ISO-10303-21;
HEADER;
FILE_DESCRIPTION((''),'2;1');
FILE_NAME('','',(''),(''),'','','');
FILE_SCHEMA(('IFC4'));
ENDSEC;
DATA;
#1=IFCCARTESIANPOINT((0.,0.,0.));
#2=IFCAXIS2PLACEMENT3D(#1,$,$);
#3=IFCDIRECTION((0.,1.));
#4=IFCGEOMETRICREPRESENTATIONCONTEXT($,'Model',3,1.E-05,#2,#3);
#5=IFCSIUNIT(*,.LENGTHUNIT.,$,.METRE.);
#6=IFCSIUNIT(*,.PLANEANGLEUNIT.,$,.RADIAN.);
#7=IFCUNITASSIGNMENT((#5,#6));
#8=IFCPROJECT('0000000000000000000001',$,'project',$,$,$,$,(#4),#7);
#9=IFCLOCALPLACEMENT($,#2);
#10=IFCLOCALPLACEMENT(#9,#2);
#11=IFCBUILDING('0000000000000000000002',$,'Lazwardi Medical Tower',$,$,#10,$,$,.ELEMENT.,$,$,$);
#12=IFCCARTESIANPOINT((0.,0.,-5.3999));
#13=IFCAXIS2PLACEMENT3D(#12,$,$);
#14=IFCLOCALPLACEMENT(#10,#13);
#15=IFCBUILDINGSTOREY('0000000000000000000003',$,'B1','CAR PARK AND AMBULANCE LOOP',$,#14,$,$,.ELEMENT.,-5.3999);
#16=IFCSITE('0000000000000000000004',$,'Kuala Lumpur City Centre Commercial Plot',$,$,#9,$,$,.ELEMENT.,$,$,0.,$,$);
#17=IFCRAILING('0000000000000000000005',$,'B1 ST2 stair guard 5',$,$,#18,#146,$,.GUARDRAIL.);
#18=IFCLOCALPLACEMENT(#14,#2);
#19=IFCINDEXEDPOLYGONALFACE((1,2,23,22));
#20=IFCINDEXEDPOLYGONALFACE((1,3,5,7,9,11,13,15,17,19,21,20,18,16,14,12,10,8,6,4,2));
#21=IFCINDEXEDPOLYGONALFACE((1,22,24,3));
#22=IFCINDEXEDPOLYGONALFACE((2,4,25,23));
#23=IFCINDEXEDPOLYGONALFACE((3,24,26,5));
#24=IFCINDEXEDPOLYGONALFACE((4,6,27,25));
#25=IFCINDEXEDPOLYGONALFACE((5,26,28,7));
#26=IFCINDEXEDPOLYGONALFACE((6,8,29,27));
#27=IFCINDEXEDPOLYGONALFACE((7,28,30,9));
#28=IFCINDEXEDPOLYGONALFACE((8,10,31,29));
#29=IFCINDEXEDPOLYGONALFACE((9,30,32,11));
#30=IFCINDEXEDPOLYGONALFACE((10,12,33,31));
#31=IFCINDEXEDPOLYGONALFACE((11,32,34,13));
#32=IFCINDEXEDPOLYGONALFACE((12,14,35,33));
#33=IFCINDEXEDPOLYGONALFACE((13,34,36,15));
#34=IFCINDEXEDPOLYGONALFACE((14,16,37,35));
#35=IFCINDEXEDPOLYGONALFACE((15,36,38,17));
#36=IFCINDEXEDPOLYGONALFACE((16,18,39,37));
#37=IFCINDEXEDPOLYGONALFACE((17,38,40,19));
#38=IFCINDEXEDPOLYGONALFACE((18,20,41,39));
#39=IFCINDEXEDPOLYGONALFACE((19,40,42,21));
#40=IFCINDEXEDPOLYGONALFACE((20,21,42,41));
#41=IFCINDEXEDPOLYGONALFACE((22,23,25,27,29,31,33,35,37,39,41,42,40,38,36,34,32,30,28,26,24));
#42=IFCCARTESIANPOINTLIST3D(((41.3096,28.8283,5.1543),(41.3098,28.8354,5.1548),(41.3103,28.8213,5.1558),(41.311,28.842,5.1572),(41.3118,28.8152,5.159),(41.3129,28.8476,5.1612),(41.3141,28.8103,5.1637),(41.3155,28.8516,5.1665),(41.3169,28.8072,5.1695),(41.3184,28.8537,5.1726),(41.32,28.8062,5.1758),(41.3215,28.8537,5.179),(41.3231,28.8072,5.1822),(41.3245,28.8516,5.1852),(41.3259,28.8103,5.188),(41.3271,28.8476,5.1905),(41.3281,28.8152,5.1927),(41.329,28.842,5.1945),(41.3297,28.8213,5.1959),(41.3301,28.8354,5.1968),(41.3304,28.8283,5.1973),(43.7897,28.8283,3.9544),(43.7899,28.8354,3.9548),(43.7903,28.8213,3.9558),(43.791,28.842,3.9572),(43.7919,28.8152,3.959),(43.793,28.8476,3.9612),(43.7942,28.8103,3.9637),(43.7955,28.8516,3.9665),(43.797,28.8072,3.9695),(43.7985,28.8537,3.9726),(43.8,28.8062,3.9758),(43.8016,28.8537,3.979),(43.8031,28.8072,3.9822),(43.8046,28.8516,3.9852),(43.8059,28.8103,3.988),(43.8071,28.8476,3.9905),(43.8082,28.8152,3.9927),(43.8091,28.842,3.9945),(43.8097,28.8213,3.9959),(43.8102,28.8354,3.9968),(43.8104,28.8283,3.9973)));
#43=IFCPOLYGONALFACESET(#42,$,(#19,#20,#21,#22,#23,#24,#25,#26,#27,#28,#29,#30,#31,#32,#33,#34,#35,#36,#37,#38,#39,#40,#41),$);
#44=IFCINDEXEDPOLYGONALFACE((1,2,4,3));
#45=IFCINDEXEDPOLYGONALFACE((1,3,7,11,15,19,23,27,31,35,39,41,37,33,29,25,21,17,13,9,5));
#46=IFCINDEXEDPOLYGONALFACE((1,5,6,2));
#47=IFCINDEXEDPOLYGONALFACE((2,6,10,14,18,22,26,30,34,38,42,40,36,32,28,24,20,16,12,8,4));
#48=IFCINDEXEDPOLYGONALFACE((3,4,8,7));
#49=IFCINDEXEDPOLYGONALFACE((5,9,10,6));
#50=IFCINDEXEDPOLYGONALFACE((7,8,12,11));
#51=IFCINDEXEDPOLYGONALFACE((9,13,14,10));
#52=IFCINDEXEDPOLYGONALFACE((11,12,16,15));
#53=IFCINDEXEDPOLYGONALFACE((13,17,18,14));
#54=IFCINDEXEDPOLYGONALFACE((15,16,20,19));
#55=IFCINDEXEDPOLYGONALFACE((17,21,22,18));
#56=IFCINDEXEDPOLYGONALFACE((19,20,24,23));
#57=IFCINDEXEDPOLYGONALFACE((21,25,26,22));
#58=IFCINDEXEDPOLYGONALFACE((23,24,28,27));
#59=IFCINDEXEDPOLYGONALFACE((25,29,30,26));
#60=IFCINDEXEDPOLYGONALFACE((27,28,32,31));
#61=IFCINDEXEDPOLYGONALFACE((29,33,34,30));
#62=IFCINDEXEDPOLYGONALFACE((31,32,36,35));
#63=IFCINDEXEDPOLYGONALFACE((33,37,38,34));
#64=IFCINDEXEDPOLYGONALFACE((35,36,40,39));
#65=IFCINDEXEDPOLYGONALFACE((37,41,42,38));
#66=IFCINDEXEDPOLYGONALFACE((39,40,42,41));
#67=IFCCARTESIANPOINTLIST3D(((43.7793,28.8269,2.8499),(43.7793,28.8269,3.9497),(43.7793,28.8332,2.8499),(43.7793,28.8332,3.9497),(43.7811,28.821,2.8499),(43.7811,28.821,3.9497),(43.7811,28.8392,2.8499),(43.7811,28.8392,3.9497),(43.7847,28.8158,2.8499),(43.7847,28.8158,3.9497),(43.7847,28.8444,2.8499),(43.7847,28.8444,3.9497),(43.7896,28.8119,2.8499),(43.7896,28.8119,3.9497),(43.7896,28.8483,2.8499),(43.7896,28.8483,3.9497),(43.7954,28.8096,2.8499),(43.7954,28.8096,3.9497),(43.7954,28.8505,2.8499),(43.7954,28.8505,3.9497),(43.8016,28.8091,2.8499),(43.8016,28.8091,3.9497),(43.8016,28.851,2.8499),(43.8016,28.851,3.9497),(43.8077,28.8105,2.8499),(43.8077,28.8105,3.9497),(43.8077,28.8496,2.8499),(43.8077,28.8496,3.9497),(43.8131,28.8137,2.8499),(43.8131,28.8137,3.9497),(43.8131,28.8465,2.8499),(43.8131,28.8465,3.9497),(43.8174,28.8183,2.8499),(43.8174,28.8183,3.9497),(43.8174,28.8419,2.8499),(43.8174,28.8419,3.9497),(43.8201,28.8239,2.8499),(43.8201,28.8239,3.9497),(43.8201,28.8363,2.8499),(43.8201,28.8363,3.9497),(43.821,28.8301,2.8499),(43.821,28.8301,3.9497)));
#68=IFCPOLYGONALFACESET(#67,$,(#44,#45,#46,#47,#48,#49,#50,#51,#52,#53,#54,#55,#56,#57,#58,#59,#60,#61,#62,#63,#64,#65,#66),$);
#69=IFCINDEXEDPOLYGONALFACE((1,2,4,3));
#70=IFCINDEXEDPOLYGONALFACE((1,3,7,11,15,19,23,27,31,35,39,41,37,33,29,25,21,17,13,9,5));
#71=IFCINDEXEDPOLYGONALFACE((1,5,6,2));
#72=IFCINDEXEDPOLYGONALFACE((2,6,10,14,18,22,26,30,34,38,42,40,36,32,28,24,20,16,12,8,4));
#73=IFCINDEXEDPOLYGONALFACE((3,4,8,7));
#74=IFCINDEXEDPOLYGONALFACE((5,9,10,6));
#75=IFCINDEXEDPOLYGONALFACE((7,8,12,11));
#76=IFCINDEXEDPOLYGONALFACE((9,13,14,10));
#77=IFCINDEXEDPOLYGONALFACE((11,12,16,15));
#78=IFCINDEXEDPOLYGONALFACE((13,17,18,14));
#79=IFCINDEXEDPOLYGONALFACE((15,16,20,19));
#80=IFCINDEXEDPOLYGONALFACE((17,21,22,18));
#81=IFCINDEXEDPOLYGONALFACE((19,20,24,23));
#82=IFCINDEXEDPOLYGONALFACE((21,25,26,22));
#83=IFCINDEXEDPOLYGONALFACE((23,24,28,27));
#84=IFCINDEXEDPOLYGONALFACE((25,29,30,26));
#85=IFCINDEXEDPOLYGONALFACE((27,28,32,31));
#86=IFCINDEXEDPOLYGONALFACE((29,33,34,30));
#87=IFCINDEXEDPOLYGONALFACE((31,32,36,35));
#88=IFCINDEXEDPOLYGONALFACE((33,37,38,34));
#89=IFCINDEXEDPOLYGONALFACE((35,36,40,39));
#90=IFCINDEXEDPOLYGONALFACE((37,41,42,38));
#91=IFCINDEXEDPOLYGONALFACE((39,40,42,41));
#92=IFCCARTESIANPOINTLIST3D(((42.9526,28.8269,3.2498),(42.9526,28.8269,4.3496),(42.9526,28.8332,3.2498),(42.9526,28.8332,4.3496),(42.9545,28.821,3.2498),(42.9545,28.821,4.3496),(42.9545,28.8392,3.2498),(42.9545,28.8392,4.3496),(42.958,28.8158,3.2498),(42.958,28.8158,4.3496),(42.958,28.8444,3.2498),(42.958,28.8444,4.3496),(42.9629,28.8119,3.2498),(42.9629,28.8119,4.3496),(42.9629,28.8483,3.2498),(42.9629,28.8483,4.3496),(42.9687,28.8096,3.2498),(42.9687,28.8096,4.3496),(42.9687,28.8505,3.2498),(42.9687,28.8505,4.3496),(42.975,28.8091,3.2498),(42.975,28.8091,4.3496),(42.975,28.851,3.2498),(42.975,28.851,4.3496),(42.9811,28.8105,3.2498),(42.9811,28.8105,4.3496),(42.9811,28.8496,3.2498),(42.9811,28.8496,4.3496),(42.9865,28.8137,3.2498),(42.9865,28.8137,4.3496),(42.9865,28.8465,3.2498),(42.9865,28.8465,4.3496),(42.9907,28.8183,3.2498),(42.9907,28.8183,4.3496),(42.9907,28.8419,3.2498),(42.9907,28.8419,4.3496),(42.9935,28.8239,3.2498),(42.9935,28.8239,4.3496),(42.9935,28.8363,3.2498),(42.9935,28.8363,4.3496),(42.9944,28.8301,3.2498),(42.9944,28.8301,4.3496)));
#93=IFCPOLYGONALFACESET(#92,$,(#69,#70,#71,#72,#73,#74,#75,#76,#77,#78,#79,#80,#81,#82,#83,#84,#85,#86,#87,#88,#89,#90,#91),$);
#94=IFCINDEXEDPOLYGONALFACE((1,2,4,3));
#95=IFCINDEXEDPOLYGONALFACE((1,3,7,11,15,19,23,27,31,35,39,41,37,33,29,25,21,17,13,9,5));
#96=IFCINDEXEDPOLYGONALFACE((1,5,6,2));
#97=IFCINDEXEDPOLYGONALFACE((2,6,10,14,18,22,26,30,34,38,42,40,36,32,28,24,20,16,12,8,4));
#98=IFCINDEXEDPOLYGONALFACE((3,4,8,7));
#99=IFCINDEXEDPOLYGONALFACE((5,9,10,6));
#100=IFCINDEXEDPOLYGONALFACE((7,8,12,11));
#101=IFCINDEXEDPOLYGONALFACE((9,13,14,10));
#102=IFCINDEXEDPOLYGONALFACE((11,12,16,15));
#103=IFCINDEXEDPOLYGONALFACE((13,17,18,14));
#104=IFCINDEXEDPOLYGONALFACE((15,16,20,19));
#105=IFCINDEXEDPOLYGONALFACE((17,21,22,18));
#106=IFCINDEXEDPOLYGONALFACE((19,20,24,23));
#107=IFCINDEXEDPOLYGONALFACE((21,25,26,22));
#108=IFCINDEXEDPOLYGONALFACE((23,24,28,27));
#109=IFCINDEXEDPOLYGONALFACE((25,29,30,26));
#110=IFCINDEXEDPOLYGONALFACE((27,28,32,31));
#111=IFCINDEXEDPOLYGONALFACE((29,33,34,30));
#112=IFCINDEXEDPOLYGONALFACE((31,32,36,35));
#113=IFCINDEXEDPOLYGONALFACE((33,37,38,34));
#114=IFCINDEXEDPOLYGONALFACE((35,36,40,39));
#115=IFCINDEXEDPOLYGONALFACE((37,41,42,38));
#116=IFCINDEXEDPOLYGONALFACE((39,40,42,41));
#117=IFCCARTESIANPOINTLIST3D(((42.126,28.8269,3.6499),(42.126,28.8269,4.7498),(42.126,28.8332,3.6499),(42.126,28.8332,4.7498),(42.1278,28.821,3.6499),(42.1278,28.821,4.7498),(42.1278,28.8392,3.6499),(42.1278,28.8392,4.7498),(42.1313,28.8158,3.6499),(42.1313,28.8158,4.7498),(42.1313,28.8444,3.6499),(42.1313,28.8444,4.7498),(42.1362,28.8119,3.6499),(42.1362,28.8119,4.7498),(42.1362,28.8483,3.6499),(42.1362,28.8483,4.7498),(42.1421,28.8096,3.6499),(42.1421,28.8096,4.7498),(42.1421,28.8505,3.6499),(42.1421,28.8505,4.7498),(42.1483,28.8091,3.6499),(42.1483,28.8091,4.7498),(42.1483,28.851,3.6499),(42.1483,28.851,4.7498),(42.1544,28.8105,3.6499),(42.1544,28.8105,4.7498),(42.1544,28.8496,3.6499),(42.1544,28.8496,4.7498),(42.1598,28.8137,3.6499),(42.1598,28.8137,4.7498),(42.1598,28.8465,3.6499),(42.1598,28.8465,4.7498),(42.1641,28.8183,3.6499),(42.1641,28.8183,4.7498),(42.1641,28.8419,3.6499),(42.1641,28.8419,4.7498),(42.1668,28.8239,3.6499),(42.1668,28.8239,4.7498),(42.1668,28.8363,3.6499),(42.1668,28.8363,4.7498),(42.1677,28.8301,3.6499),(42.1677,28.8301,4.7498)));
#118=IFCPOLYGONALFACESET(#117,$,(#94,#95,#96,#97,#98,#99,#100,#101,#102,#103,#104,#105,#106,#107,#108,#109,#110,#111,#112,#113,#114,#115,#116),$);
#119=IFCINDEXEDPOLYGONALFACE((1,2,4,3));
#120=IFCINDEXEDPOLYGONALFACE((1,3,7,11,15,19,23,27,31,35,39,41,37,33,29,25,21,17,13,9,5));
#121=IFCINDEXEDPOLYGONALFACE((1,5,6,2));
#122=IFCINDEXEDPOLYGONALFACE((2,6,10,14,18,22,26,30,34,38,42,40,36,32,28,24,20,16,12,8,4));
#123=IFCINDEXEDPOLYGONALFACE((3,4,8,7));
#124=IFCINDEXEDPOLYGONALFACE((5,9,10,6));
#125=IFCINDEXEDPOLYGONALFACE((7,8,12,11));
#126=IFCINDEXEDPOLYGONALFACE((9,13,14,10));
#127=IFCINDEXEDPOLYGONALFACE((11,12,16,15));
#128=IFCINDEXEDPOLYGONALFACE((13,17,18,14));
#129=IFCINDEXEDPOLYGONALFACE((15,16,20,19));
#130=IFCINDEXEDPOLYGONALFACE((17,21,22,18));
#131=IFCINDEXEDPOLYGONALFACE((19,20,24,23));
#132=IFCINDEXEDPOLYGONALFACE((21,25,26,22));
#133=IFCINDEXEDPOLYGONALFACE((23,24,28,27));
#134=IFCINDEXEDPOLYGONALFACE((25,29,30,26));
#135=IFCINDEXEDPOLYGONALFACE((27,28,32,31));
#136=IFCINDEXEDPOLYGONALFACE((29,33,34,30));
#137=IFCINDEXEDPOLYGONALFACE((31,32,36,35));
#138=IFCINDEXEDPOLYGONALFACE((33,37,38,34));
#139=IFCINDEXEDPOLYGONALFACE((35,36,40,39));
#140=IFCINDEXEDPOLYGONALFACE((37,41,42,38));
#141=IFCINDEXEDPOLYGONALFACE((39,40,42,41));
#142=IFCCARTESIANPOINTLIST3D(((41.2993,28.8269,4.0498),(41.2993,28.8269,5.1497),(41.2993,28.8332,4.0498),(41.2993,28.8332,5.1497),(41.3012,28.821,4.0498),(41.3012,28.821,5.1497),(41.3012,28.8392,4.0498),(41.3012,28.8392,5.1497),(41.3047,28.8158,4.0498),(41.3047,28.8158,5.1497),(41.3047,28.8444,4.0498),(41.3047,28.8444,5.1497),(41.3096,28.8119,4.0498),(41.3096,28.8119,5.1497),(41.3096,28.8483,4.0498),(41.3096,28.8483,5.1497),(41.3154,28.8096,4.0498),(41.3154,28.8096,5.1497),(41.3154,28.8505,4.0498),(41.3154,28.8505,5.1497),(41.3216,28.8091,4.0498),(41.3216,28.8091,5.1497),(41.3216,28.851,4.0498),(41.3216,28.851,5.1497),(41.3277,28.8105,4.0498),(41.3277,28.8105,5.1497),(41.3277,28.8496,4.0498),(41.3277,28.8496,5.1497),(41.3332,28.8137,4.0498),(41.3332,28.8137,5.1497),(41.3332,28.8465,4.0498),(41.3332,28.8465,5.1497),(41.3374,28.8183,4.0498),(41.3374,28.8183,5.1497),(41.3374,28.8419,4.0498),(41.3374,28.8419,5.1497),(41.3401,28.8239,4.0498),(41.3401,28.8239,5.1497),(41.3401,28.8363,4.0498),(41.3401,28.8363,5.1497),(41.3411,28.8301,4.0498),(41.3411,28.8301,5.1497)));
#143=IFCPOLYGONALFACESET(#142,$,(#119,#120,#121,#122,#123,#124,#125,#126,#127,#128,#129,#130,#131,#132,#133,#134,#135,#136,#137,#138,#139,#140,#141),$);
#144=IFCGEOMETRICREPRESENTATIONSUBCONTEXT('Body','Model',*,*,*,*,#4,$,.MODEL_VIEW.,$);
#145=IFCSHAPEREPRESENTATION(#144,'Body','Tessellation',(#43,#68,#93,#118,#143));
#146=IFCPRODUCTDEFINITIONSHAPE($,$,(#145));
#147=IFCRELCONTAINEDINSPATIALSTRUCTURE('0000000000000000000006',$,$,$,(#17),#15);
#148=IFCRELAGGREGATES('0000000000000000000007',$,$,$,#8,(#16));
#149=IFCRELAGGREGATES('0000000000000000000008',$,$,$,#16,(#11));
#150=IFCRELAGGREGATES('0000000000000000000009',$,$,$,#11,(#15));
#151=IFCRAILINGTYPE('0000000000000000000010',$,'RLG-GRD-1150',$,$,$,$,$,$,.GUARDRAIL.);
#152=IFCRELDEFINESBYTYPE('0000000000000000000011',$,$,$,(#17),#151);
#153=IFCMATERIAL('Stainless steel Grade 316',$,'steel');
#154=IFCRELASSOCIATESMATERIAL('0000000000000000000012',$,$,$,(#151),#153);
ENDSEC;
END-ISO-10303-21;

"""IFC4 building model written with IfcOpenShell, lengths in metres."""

from ifc_helpers import new_model, si_unit, direction, frame, origin, origin_2d, place, context, subcontext, project, spatial, circle, extrude, material, type_object, element, save


model = new_model("IFC4")

# Units and contexts
model_context = context("Model", 3, precision=1e-05, world=origin(), true_north=direction((0.0, 1.0)))
body_context = subcontext(model_context, "Body", "Model", "MODEL_VIEW")
ifc_project = project(units=[si_unit("LENGTHUNIT", "METRE"), si_unit("PLANEANGLEUNIT", "RADIAN")], contexts=[model_context])

# Site, building, storey
site_placement = place(None, origin())
site = spatial("IfcSite", under=ifc_project, at=site_placement, Name="Kuala Lumpur City Centre Commercial Plot", CompositionType="ELEMENT", RefElevation=0.0)
building_placement = place(site_placement, origin())
building = spatial("IfcBuilding", under=site, at=building_placement, Name="Lazwardi Medical Tower", CompositionType="ELEMENT")
storey_placement = place(building_placement, frame((0.0, 0.0, -5.3999)))
storey = spatial("IfcBuildingStorey", under=building, at=storey_placement, Name="B1", Description="CAR PARK AND AMBULANCE LOOP", CompositionType="ELEMENT", Elevation=-5.3999)

# Railing
ifc_material_1 = material(Name="Stainless steel Grade 316", Category="steel")
railing_type_1 = type_object("IfcRailingType", Name="RLG-GRD-1150", PredefinedType="GUARDRAIL", material=ifc_material_1)
railing_1_placement = place(storey_placement, frame((43.8, 28.8301, 2.8499)))
element("IfcRailing", 1, at=railing_1_placement, inside=storey, type_object=railing_type_1, Name="B1 ST2 stair guard 5", PredefinedType="GUARDRAIL", context=body_context, shape_type="SweptSolid", body=[
    extrude(circle(Radius=0.0239, at=origin_2d()), frame((0.0, 0.0, 1.126), z_axis=(-0.900165, 0.0, 0.435549), x_axis=(0.0, -1.0, 0.0)), (0.0, 0.0, 1.0), 2.7551),
    extrude(circle(Radius=0.021, at=origin_2d()), origin(), (0.0, 0.0, 1.0), 1.0999),
    extrude(circle(Radius=0.021, at=origin_2d()), frame((-0.8267, 0.0, 0.3999)), (0.0, 0.0, 1.0), 1.0999),
    extrude(circle(Radius=0.021, at=origin_2d()), frame((-1.6533, 0.0, 0.8)), (0.0, 0.0, 1.0), 1.0999),
    extrude(circle(Radius=0.021, at=origin_2d()), frame((-2.48, 0.0, 1.2)), (0.0, 0.0, 1.0), 1.0999),
])

save(model, "model.ifc")
